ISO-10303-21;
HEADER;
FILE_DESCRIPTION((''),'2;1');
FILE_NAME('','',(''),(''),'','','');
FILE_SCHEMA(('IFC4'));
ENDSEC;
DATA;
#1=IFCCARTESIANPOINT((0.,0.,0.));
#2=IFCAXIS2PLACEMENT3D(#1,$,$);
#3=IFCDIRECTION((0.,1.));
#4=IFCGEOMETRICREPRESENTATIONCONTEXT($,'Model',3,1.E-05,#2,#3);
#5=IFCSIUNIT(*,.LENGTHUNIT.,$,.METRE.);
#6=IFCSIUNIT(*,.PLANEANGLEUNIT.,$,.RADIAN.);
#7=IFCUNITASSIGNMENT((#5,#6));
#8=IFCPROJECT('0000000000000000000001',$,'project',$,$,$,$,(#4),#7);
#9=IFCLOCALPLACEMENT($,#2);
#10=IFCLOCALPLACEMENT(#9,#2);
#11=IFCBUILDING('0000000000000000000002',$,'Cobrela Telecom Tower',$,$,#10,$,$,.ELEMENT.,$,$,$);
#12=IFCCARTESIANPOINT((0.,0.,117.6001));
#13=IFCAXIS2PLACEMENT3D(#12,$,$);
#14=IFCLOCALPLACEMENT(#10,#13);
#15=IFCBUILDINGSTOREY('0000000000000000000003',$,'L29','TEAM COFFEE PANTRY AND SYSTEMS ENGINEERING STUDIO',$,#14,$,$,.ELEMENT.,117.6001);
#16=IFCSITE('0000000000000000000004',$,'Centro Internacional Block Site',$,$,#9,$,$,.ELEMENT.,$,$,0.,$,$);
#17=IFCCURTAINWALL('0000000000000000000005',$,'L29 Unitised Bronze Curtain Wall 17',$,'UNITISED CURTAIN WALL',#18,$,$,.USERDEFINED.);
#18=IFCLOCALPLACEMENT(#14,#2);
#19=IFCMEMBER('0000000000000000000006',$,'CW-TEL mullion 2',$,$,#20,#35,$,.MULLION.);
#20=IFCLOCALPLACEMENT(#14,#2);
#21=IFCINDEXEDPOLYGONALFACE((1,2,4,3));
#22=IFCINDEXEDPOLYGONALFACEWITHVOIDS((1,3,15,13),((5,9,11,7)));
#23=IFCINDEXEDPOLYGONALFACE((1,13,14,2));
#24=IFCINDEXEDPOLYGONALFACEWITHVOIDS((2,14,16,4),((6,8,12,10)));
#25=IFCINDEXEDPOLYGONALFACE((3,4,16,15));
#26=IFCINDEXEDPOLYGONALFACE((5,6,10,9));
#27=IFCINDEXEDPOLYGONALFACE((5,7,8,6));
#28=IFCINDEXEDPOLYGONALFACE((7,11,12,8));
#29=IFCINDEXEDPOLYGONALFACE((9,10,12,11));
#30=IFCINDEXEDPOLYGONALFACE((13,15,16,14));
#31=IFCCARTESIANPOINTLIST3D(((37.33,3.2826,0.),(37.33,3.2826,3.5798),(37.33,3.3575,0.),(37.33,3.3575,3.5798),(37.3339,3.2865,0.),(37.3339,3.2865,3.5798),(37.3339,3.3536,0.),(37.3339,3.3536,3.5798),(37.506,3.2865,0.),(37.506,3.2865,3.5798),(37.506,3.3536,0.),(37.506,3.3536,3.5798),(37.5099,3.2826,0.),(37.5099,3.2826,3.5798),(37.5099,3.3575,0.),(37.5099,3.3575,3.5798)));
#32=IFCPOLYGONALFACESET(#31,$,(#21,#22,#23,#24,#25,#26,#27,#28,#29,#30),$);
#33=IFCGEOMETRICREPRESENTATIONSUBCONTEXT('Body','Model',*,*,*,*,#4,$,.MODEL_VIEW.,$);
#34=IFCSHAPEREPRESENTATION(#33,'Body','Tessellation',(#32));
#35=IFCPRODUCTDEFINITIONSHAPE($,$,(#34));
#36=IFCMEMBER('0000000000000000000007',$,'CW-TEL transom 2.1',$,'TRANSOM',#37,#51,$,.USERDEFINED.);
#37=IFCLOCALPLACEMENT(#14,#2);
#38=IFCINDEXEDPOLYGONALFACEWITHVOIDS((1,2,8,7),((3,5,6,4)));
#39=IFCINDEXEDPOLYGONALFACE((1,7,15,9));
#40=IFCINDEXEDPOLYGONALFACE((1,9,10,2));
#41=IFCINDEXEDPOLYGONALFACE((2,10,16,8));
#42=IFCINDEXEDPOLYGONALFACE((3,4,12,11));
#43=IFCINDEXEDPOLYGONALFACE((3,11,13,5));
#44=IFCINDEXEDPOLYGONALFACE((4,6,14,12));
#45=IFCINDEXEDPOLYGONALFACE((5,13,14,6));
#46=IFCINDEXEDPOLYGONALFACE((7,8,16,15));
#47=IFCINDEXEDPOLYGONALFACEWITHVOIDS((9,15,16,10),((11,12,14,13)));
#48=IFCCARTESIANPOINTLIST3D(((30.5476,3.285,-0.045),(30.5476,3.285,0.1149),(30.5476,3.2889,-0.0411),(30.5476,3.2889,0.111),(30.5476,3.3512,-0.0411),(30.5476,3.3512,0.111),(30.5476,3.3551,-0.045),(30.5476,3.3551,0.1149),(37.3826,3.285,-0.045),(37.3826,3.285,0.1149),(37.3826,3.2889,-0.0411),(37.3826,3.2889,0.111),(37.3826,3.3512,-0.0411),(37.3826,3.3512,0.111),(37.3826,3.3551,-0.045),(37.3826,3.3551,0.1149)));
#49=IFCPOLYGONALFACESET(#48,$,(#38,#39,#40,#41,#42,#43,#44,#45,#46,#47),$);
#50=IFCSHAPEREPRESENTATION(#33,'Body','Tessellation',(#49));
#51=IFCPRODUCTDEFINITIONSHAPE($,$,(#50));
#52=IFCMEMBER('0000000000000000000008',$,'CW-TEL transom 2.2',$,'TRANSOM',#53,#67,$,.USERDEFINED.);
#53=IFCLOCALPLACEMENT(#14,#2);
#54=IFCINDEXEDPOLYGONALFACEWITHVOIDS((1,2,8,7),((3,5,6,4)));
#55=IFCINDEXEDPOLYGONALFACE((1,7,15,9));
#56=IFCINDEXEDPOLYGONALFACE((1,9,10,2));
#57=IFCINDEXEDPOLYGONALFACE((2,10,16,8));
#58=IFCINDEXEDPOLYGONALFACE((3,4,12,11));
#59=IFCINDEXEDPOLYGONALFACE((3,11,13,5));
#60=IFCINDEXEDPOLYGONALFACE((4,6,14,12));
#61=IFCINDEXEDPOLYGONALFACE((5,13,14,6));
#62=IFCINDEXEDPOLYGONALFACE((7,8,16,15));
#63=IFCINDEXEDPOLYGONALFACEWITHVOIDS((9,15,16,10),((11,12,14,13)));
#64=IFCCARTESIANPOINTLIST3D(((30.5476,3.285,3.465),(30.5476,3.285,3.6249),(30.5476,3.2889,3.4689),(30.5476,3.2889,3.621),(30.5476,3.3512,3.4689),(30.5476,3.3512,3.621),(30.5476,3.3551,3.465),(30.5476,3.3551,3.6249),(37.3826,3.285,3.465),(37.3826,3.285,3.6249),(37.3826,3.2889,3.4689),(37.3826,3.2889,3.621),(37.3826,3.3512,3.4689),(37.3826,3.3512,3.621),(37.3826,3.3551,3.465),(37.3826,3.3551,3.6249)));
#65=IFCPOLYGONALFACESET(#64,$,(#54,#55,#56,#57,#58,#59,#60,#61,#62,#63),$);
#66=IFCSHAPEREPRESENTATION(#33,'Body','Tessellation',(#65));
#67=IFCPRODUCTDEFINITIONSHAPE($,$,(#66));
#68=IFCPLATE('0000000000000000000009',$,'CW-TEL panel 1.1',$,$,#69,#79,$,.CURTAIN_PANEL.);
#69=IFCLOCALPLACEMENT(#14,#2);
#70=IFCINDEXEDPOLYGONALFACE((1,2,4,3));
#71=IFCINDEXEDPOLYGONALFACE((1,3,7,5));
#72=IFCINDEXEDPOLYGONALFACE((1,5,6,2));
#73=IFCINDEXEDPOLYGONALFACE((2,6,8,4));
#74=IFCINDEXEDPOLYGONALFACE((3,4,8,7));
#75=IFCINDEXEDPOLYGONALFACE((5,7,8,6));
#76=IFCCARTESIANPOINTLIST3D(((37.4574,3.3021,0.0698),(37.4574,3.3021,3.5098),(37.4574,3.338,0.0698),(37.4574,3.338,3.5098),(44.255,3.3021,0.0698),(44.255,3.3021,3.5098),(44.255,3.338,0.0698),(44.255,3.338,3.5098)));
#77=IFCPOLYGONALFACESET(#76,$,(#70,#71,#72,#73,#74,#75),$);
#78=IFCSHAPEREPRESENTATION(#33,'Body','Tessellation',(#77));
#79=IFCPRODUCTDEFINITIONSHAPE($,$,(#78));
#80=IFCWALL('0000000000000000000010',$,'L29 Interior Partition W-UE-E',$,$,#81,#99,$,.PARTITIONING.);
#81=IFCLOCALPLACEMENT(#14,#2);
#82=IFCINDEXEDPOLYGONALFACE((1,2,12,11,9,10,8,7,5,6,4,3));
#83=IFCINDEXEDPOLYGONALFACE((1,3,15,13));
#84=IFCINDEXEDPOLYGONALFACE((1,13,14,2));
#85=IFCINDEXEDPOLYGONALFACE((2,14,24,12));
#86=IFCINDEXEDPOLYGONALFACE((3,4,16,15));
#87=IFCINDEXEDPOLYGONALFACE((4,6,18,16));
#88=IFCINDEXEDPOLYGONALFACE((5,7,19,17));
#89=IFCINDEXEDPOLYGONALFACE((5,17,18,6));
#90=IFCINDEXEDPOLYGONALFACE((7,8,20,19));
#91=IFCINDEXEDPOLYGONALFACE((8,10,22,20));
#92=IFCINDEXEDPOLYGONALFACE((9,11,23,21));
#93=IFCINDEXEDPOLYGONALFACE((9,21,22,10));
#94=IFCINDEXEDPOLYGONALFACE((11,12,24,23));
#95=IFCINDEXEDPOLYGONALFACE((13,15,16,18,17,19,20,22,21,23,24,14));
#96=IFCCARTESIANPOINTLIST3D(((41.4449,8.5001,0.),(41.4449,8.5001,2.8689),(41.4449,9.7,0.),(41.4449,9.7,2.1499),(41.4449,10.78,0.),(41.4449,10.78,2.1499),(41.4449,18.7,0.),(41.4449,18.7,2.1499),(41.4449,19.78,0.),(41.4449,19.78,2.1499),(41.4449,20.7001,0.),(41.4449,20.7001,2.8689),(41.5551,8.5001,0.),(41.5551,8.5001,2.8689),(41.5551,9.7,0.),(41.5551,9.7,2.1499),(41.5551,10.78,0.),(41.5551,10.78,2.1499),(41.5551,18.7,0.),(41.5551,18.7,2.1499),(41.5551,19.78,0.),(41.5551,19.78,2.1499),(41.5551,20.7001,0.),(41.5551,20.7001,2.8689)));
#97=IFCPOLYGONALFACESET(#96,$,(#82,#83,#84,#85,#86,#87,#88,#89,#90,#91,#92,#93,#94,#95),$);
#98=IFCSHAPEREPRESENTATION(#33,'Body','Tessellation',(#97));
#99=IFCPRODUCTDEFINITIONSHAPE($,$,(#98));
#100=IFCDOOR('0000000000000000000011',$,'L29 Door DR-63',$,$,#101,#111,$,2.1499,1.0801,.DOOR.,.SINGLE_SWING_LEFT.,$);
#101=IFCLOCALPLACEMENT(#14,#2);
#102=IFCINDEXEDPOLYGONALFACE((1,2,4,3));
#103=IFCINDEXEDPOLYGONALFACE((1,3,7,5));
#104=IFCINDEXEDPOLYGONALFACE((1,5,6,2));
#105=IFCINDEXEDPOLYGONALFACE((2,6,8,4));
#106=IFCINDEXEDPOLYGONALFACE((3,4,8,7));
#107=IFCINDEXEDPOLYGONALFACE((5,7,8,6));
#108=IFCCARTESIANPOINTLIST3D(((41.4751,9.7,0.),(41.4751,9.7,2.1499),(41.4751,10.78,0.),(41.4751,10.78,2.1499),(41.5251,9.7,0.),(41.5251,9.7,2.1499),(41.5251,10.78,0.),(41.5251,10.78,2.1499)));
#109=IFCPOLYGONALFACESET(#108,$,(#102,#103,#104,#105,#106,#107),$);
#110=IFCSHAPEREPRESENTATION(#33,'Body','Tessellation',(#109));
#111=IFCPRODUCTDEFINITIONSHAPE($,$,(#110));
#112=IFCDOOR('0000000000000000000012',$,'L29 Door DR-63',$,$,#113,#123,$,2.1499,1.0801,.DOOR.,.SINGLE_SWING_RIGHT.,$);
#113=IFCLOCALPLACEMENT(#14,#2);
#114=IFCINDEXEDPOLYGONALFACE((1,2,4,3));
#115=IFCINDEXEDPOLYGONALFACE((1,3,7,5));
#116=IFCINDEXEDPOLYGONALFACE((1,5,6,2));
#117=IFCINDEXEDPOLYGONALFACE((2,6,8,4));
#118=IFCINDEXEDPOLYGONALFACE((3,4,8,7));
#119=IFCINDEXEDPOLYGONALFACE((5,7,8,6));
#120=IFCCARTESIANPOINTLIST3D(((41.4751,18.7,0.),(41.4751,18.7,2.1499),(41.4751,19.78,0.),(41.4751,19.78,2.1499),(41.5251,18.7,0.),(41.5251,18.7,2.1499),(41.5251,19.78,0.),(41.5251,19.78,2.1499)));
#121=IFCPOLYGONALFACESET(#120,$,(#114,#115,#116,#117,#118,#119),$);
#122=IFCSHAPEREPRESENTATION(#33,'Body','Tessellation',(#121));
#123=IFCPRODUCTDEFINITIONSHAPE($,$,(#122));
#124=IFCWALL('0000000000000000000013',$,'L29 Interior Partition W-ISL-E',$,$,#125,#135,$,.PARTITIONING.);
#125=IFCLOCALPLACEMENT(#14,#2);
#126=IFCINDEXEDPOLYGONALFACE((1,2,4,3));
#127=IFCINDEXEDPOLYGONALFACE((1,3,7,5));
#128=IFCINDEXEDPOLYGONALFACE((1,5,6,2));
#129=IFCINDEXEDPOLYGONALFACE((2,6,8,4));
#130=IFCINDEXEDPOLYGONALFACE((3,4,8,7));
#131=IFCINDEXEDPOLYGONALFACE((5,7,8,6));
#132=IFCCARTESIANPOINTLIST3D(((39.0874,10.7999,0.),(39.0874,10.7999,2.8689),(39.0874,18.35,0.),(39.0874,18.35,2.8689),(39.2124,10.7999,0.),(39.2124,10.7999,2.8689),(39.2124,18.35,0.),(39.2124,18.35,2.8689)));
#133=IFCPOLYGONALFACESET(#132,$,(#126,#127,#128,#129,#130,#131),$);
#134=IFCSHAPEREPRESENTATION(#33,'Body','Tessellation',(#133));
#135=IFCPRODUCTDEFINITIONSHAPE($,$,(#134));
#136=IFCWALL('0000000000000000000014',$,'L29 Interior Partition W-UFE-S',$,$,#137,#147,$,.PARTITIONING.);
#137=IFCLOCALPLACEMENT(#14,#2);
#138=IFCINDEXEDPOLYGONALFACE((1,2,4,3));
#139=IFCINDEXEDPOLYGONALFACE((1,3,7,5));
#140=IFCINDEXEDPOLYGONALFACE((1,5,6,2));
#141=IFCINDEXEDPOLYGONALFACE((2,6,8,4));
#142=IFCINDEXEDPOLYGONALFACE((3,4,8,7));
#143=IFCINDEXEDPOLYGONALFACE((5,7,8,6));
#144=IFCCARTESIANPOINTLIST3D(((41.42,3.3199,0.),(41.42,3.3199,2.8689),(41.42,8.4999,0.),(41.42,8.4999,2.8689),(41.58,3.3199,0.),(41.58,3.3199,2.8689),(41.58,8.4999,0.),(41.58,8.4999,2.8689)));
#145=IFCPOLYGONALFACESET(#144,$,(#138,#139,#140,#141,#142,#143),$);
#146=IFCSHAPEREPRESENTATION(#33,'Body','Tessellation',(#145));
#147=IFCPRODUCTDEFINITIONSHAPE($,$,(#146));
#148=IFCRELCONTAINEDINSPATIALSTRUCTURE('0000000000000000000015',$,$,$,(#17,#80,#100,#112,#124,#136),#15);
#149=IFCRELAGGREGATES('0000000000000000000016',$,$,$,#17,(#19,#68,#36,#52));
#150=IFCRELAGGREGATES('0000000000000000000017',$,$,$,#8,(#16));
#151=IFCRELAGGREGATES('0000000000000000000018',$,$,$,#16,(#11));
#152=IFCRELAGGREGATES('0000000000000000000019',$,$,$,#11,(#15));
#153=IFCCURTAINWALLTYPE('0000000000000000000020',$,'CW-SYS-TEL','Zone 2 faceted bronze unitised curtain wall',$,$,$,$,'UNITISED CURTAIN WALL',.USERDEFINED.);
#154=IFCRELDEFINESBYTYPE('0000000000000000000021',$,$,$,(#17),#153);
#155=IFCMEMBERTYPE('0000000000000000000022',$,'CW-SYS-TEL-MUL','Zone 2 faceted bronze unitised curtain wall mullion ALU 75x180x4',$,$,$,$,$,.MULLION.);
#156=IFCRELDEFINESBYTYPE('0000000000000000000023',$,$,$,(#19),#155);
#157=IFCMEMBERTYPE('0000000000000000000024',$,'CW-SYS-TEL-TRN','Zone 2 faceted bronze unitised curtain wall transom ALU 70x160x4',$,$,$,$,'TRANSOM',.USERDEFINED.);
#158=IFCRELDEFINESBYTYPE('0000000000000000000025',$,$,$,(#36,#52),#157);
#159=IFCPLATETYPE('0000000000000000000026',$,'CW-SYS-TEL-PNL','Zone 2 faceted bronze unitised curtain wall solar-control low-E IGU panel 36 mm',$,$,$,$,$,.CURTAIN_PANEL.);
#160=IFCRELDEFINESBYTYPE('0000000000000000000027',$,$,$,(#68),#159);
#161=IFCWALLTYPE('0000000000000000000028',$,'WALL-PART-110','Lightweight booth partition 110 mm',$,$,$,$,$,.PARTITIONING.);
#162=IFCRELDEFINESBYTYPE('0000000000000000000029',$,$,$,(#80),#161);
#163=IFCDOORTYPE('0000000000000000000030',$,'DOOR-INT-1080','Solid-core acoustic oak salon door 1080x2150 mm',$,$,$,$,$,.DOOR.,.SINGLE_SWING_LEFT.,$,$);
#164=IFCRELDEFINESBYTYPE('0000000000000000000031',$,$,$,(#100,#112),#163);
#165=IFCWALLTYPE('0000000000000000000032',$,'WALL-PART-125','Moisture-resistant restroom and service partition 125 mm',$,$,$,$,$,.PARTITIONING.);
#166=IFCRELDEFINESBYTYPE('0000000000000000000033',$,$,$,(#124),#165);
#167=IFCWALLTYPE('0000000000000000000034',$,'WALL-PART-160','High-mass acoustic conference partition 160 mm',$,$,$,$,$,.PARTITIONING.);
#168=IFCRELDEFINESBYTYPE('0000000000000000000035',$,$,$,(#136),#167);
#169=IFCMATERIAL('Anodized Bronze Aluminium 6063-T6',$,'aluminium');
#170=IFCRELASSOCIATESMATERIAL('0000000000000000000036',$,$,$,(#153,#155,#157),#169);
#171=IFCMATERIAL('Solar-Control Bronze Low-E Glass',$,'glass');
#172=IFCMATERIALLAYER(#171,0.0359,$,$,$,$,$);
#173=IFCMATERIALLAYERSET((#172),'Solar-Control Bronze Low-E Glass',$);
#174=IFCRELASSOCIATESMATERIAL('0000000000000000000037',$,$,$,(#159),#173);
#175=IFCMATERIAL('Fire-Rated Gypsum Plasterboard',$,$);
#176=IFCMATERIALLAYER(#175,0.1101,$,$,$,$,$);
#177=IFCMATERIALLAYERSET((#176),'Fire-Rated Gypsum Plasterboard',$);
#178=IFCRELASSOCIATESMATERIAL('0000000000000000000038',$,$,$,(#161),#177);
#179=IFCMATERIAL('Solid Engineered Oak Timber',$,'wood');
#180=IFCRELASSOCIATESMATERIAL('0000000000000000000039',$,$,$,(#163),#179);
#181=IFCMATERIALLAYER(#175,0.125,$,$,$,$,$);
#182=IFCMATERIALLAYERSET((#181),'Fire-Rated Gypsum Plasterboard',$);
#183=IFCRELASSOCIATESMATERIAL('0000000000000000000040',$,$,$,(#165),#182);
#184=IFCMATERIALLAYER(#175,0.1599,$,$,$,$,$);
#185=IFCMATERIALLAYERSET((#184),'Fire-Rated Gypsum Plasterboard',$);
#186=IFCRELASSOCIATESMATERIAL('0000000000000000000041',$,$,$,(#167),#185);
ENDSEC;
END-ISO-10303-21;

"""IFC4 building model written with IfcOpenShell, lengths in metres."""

from ifc_helpers import new_model, si_unit, direction, frame, frame_2d, origin, origin_2d, place, context, subcontext, project, spatial, rectangle, hollow_rectangle, extrude, material, layer, layer_set, material_profile, profile_set, type_object, element, fill, aggregate, save


model = new_model("IFC4")

# Units and contexts
model_context = context("Model", 3, precision=1e-05, world=origin(), true_north=direction((0.0, 1.0)))
body_context = subcontext(model_context, "Body", "Model", "MODEL_VIEW")
ifc_project = project(units=[si_unit("LENGTHUNIT", "METRE"), si_unit("PLANEANGLEUNIT", "RADIAN")], contexts=[model_context])

# Site, building, storey
site_placement = place(None, origin())
site = spatial("IfcSite", under=ifc_project, at=site_placement, Name="Centro Internacional Block Site", CompositionType="ELEMENT", RefElevation=0.0)
building_placement = place(site_placement, origin())
building = spatial("IfcBuilding", under=site, at=building_placement, Name="Cobrela Telecom Tower", CompositionType="ELEMENT")
storey_placement = place(building_placement, frame((0.0, 0.0, 117.6001)))
storey = spatial("IfcBuildingStorey", under=building, at=storey_placement, Name="L29", Description="TEAM COFFEE PANTRY AND SYSTEMS ENGINEERING STUDIO", CompositionType="ELEMENT", Elevation=117.6001)

# Curtain wall, members, plate
ifc_material_1 = material(Name="Anodized Bronze Aluminium 6063-T6", Category="aluminium")
curtain_wall_type = type_object("IfcCurtainWallType", Name="CW-SYS-TEL", Description="Zone 2 faceted bronze unitised curtain wall", ElementType="UNITISED CURTAIN WALL", PredefinedType="USERDEFINED", material=ifc_material_1)
curtain_wall_placement = place(storey_placement, origin())
curtain_wall = element("IfcCurtainWall", 1, at=curtain_wall_placement, inside=storey, type_object=curtain_wall_type, Name="L29 Unitised Bronze Curtain Wall 17", ObjectType="UNITISED CURTAIN WALL", PredefinedType="USERDEFINED")
ifc_material_profile_1 = material_profile(ifc_material_1, hollow_rectangle(XDim=0.075, YDim=0.1799, WallThickness=0.0039, at=origin_2d()), Name="ALU 75x180x4")
ifc_profile_set_1 = profile_set([ifc_material_profile_1], Name="Anodized Bronze Aluminium 6063-T6")
member_type_1 = type_object("IfcMemberType", Name="CW-SYS-TEL-MUL", Description="Zone 2 faceted bronze unitised curtain wall mullion ALU 75x180x4", PredefinedType="MULLION", material=ifc_profile_set_1)
member_1_placement = place(storey_placement, frame((37.4199, 3.3201, 0.0), z_axis=(0.0, 0.0, 1.0), x_axis=(0.0, -1.0, 0.0)))
member_1 = element("IfcMember", 2, at=member_1_placement, type_object=member_type_1, Name="CW-TEL mullion 2", PredefinedType="MULLION", context=body_context, shape_type="SweptSolid", body=[
    extrude(hollow_rectangle(XDim=0.075, YDim=0.1799, WallThickness=0.0039, at=origin_2d()), origin(), (0.0, 0.0, 1.0), 3.5798),
])
ifc_material_profile_2 = material_profile(ifc_material_1, hollow_rectangle(XDim=0.0701, YDim=0.1599, WallThickness=0.0039, at=origin_2d()), Name="ALU 70x160x4")
ifc_profile_set_2 = profile_set([ifc_material_profile_2], Name="Anodized Bronze Aluminium 6063-T6")
member_type_2 = type_object("IfcMemberType", Name="CW-SYS-TEL-TRN", Description="Zone 2 faceted bronze unitised curtain wall transom ALU 70x160x4", ElementType="TRANSOM", PredefinedType="USERDEFINED", material=ifc_profile_set_2)
member_2_placement = place(storey_placement, frame((37.3826, 3.3201, 0.0349), z_axis=(-1.0, 0.0, 0.0), x_axis=(0.0, -1.0, 0.0)))
member_2 = element("IfcMember", 3, at=member_2_placement, type_object=member_type_2, Name="CW-TEL transom 2.1", ObjectType="TRANSOM", PredefinedType="USERDEFINED", context=body_context, shape_type="SweptSolid", body=[
    extrude(hollow_rectangle(XDim=0.0701, YDim=0.1599, WallThickness=0.0039, at=origin_2d()), origin(), (0.0, 0.0, 1.0), 6.835),
])
member_3_placement = place(storey_placement, frame((37.3826, 3.3201, 3.5449), z_axis=(-1.0, 0.0, 0.0), x_axis=(0.0, -1.0, 0.0)))
member_3 = element("IfcMember", 4, at=member_3_placement, type_object=member_type_2, Name="CW-TEL transom 2.2", ObjectType="TRANSOM", PredefinedType="USERDEFINED", context=body_context, shape_type="SweptSolid", body=[
    extrude(hollow_rectangle(XDim=0.0701, YDim=0.1599, WallThickness=0.0039, at=origin_2d()), origin(), (0.0, 0.0, 1.0), 6.835),
])
ifc_material_2 = material(Name="Solar-Control Bronze Low-E Glass", Category="glass")
ifc_layer_1 = layer(ifc_material_2, 0.0359)
ifc_layer_set_1 = layer_set([ifc_layer_1], Name="Solar-Control Bronze Low-E Glass")
plate_type = type_object("IfcPlateType", Name="CW-SYS-TEL-PNL", Description="Zone 2 faceted bronze unitised curtain wall solar-control low-E IGU panel 36 mm", PredefinedType="CURTAIN_PANEL", material=ifc_layer_set_1)
plate_placement = place(storey_placement, frame((40.8562, 3.3201, 0.0698), z_axis=(0.0, 0.0, 1.0), x_axis=(-1.0, 0.0, 0.0)))
plate = element("IfcPlate", 5, at=plate_placement, type_object=plate_type, Name="CW-TEL panel 1.1", PredefinedType="CURTAIN_PANEL", context=body_context, shape_type="SweptSolid", body=[
    extrude(rectangle(XDim=6.7976, YDim=0.0359, at=origin_2d()), origin(), (0.0, 0.0, 1.0), 3.4399),
])
aggregate(curtain_wall, [member_1, plate, member_2, member_3])

# Wall, openings, doors
ifc_material_3 = material(Name="Fire-Rated Gypsum Plasterboard")
ifc_layer_2 = layer(ifc_material_3, 0.1101)
ifc_layer_set_2 = layer_set([ifc_layer_2], Name="Fire-Rated Gypsum Plasterboard")
wall_type_1 = type_object("IfcWallType", Name="WALL-PART-110", Description="Lightweight booth partition 110 mm", PredefinedType="PARTITIONING", material=ifc_layer_set_2)
wall_1_placement = place(storey_placement, frame((41.5, 8.5, 0.0), z_axis=(0.0, 0.0, 1.0), x_axis=(0.0, 1.0, 0.0)))
wall_1 = element("IfcWall", 6, at=wall_1_placement, inside=storey, type_object=wall_type_1, Name="L29 Interior Partition W-UE-E", PredefinedType="PARTITIONING", context=body_context, shape_type="SweptSolid", body=[
    extrude(rectangle(XDim=12.2, YDim=0.1101, at=frame_2d((6.1001, 0.0))), origin(), (0.0, 0.0, 1.0), 2.8689),
])
opening_1_placement = place(wall_1_placement, frame((1.2, 0.0, 0.0)))
opening_1 = element("IfcOpeningElement", 7, at=opening_1_placement, cuts=wall_1, PredefinedType="OPENING", context=body_context, shape_type="SweptSolid", body=[
    extrude(rectangle(XDim=1.0801, YDim=2.1499, at=frame_2d((0.54, 1.075))), frame((0.0, 0.0669, 0.0), z_axis=(0.0, -1.0, 0.0), x_axis=(1.0, 0.0, 0.0)), (0.0, 0.0, 1.0), 0.134),
])
opening_2_placement = place(wall_1_placement, frame((10.2, 0.0, 0.0)))
opening_2 = element("IfcOpeningElement", 8, at=opening_2_placement, cuts=wall_1, PredefinedType="OPENING", context=body_context, shape_type="SweptSolid", body=[
    extrude(rectangle(XDim=1.0801, YDim=2.1499, at=frame_2d((0.54, 1.075))), frame((0.0, 0.0669, 0.0), z_axis=(0.0, -1.0, 0.0), x_axis=(1.0, 0.0, 0.0)), (0.0, 0.0, 1.0), 0.134),
])
ifc_material_4 = material(Name="Solid Engineered Oak Timber", Category="wood")
door_type = type_object("IfcDoorType", Name="DOOR-INT-1080", Description="Solid-core acoustic oak salon door 1080x2150 mm", OperationType="SINGLE_SWING_LEFT", PredefinedType="DOOR", material=ifc_material_4)
door_1_placement = place(opening_1_placement, origin())
door_1 = element("IfcDoor", 9, at=door_1_placement, inside=storey, type_object=door_type, Name="L29 Door DR-63", OperationType="SINGLE_SWING_LEFT", OverallHeight=2.1499, OverallWidth=1.0801, PredefinedType="DOOR", context=body_context, shape_type="SweptSolid", body=[
    extrude(rectangle(XDim=1.0801, YDim=2.1499, at=frame_2d((0.54, 1.075))), frame((0.0, 0.0249, 0.0), z_axis=(0.0, -1.0, 0.0), x_axis=(1.0, 0.0, 0.0)), (0.0, 0.0, 1.0), 0.05),
])
fill(opening_1, door_1)
door_2_placement = place(opening_2_placement, origin())
door_2 = element("IfcDoor", 10, at=door_2_placement, inside=storey, type_object=door_type, Name="L29 Door DR-63", OperationType="SINGLE_SWING_RIGHT", OverallHeight=2.1499, OverallWidth=1.0801, PredefinedType="DOOR", context=body_context, shape_type="SweptSolid", body=[
    extrude(rectangle(XDim=1.0801, YDim=2.1499, at=frame_2d((0.54, 1.075))), frame((0.0, 0.0249, 0.0), z_axis=(0.0, -1.0, 0.0), x_axis=(1.0, 0.0, 0.0)), (0.0, 0.0, 1.0), 0.05),
])
fill(opening_2, door_2)

# Walls
ifc_layer_3 = layer(ifc_material_3, 0.125)
ifc_layer_set_3 = layer_set([ifc_layer_3], Name="Fire-Rated Gypsum Plasterboard")
wall_type_2 = type_object("IfcWallType", Name="WALL-PART-125", Description="Moisture-resistant restroom and service partition 125 mm", PredefinedType="PARTITIONING", material=ifc_layer_set_3)
wall_2_placement = place(storey_placement, frame((39.1499, 10.8, 0.0), z_axis=(0.0, 0.0, 1.0), x_axis=(0.0, 1.0, 0.0)))
element("IfcWall", 11, at=wall_2_placement, inside=storey, type_object=wall_type_2, Name="L29 Interior Partition W-ISL-E", PredefinedType="PARTITIONING", context=body_context, shape_type="SweptSolid", body=[
    extrude(rectangle(XDim=7.55, YDim=0.125, at=frame_2d((3.7749, 0.0))), origin(), (0.0, 0.0, 1.0), 2.8689),
])
ifc_layer_4 = layer(ifc_material_3, 0.1599)
ifc_layer_set_4 = layer_set([ifc_layer_4], Name="Fire-Rated Gypsum Plasterboard")
wall_type_3 = type_object("IfcWallType", Name="WALL-PART-160", Description="High-mass acoustic conference partition 160 mm", PredefinedType="PARTITIONING", material=ifc_layer_set_4)
wall_3_placement = place(storey_placement, frame((41.5, 3.3201, 0.0), z_axis=(0.0, 0.0, 1.0), x_axis=(0.0, 1.0, 0.0)))
element("IfcWall", 12, at=wall_3_placement, inside=storey, type_object=wall_type_3, Name="L29 Interior Partition W-UFE-S", PredefinedType="PARTITIONING", context=body_context, shape_type="SweptSolid", body=[
    extrude(rectangle(XDim=5.1799, YDim=0.1599, at=frame_2d((2.5898, 0.0))), origin(), (0.0, 0.0, 1.0), 2.8689),
])

save(model, "model.ifc")
